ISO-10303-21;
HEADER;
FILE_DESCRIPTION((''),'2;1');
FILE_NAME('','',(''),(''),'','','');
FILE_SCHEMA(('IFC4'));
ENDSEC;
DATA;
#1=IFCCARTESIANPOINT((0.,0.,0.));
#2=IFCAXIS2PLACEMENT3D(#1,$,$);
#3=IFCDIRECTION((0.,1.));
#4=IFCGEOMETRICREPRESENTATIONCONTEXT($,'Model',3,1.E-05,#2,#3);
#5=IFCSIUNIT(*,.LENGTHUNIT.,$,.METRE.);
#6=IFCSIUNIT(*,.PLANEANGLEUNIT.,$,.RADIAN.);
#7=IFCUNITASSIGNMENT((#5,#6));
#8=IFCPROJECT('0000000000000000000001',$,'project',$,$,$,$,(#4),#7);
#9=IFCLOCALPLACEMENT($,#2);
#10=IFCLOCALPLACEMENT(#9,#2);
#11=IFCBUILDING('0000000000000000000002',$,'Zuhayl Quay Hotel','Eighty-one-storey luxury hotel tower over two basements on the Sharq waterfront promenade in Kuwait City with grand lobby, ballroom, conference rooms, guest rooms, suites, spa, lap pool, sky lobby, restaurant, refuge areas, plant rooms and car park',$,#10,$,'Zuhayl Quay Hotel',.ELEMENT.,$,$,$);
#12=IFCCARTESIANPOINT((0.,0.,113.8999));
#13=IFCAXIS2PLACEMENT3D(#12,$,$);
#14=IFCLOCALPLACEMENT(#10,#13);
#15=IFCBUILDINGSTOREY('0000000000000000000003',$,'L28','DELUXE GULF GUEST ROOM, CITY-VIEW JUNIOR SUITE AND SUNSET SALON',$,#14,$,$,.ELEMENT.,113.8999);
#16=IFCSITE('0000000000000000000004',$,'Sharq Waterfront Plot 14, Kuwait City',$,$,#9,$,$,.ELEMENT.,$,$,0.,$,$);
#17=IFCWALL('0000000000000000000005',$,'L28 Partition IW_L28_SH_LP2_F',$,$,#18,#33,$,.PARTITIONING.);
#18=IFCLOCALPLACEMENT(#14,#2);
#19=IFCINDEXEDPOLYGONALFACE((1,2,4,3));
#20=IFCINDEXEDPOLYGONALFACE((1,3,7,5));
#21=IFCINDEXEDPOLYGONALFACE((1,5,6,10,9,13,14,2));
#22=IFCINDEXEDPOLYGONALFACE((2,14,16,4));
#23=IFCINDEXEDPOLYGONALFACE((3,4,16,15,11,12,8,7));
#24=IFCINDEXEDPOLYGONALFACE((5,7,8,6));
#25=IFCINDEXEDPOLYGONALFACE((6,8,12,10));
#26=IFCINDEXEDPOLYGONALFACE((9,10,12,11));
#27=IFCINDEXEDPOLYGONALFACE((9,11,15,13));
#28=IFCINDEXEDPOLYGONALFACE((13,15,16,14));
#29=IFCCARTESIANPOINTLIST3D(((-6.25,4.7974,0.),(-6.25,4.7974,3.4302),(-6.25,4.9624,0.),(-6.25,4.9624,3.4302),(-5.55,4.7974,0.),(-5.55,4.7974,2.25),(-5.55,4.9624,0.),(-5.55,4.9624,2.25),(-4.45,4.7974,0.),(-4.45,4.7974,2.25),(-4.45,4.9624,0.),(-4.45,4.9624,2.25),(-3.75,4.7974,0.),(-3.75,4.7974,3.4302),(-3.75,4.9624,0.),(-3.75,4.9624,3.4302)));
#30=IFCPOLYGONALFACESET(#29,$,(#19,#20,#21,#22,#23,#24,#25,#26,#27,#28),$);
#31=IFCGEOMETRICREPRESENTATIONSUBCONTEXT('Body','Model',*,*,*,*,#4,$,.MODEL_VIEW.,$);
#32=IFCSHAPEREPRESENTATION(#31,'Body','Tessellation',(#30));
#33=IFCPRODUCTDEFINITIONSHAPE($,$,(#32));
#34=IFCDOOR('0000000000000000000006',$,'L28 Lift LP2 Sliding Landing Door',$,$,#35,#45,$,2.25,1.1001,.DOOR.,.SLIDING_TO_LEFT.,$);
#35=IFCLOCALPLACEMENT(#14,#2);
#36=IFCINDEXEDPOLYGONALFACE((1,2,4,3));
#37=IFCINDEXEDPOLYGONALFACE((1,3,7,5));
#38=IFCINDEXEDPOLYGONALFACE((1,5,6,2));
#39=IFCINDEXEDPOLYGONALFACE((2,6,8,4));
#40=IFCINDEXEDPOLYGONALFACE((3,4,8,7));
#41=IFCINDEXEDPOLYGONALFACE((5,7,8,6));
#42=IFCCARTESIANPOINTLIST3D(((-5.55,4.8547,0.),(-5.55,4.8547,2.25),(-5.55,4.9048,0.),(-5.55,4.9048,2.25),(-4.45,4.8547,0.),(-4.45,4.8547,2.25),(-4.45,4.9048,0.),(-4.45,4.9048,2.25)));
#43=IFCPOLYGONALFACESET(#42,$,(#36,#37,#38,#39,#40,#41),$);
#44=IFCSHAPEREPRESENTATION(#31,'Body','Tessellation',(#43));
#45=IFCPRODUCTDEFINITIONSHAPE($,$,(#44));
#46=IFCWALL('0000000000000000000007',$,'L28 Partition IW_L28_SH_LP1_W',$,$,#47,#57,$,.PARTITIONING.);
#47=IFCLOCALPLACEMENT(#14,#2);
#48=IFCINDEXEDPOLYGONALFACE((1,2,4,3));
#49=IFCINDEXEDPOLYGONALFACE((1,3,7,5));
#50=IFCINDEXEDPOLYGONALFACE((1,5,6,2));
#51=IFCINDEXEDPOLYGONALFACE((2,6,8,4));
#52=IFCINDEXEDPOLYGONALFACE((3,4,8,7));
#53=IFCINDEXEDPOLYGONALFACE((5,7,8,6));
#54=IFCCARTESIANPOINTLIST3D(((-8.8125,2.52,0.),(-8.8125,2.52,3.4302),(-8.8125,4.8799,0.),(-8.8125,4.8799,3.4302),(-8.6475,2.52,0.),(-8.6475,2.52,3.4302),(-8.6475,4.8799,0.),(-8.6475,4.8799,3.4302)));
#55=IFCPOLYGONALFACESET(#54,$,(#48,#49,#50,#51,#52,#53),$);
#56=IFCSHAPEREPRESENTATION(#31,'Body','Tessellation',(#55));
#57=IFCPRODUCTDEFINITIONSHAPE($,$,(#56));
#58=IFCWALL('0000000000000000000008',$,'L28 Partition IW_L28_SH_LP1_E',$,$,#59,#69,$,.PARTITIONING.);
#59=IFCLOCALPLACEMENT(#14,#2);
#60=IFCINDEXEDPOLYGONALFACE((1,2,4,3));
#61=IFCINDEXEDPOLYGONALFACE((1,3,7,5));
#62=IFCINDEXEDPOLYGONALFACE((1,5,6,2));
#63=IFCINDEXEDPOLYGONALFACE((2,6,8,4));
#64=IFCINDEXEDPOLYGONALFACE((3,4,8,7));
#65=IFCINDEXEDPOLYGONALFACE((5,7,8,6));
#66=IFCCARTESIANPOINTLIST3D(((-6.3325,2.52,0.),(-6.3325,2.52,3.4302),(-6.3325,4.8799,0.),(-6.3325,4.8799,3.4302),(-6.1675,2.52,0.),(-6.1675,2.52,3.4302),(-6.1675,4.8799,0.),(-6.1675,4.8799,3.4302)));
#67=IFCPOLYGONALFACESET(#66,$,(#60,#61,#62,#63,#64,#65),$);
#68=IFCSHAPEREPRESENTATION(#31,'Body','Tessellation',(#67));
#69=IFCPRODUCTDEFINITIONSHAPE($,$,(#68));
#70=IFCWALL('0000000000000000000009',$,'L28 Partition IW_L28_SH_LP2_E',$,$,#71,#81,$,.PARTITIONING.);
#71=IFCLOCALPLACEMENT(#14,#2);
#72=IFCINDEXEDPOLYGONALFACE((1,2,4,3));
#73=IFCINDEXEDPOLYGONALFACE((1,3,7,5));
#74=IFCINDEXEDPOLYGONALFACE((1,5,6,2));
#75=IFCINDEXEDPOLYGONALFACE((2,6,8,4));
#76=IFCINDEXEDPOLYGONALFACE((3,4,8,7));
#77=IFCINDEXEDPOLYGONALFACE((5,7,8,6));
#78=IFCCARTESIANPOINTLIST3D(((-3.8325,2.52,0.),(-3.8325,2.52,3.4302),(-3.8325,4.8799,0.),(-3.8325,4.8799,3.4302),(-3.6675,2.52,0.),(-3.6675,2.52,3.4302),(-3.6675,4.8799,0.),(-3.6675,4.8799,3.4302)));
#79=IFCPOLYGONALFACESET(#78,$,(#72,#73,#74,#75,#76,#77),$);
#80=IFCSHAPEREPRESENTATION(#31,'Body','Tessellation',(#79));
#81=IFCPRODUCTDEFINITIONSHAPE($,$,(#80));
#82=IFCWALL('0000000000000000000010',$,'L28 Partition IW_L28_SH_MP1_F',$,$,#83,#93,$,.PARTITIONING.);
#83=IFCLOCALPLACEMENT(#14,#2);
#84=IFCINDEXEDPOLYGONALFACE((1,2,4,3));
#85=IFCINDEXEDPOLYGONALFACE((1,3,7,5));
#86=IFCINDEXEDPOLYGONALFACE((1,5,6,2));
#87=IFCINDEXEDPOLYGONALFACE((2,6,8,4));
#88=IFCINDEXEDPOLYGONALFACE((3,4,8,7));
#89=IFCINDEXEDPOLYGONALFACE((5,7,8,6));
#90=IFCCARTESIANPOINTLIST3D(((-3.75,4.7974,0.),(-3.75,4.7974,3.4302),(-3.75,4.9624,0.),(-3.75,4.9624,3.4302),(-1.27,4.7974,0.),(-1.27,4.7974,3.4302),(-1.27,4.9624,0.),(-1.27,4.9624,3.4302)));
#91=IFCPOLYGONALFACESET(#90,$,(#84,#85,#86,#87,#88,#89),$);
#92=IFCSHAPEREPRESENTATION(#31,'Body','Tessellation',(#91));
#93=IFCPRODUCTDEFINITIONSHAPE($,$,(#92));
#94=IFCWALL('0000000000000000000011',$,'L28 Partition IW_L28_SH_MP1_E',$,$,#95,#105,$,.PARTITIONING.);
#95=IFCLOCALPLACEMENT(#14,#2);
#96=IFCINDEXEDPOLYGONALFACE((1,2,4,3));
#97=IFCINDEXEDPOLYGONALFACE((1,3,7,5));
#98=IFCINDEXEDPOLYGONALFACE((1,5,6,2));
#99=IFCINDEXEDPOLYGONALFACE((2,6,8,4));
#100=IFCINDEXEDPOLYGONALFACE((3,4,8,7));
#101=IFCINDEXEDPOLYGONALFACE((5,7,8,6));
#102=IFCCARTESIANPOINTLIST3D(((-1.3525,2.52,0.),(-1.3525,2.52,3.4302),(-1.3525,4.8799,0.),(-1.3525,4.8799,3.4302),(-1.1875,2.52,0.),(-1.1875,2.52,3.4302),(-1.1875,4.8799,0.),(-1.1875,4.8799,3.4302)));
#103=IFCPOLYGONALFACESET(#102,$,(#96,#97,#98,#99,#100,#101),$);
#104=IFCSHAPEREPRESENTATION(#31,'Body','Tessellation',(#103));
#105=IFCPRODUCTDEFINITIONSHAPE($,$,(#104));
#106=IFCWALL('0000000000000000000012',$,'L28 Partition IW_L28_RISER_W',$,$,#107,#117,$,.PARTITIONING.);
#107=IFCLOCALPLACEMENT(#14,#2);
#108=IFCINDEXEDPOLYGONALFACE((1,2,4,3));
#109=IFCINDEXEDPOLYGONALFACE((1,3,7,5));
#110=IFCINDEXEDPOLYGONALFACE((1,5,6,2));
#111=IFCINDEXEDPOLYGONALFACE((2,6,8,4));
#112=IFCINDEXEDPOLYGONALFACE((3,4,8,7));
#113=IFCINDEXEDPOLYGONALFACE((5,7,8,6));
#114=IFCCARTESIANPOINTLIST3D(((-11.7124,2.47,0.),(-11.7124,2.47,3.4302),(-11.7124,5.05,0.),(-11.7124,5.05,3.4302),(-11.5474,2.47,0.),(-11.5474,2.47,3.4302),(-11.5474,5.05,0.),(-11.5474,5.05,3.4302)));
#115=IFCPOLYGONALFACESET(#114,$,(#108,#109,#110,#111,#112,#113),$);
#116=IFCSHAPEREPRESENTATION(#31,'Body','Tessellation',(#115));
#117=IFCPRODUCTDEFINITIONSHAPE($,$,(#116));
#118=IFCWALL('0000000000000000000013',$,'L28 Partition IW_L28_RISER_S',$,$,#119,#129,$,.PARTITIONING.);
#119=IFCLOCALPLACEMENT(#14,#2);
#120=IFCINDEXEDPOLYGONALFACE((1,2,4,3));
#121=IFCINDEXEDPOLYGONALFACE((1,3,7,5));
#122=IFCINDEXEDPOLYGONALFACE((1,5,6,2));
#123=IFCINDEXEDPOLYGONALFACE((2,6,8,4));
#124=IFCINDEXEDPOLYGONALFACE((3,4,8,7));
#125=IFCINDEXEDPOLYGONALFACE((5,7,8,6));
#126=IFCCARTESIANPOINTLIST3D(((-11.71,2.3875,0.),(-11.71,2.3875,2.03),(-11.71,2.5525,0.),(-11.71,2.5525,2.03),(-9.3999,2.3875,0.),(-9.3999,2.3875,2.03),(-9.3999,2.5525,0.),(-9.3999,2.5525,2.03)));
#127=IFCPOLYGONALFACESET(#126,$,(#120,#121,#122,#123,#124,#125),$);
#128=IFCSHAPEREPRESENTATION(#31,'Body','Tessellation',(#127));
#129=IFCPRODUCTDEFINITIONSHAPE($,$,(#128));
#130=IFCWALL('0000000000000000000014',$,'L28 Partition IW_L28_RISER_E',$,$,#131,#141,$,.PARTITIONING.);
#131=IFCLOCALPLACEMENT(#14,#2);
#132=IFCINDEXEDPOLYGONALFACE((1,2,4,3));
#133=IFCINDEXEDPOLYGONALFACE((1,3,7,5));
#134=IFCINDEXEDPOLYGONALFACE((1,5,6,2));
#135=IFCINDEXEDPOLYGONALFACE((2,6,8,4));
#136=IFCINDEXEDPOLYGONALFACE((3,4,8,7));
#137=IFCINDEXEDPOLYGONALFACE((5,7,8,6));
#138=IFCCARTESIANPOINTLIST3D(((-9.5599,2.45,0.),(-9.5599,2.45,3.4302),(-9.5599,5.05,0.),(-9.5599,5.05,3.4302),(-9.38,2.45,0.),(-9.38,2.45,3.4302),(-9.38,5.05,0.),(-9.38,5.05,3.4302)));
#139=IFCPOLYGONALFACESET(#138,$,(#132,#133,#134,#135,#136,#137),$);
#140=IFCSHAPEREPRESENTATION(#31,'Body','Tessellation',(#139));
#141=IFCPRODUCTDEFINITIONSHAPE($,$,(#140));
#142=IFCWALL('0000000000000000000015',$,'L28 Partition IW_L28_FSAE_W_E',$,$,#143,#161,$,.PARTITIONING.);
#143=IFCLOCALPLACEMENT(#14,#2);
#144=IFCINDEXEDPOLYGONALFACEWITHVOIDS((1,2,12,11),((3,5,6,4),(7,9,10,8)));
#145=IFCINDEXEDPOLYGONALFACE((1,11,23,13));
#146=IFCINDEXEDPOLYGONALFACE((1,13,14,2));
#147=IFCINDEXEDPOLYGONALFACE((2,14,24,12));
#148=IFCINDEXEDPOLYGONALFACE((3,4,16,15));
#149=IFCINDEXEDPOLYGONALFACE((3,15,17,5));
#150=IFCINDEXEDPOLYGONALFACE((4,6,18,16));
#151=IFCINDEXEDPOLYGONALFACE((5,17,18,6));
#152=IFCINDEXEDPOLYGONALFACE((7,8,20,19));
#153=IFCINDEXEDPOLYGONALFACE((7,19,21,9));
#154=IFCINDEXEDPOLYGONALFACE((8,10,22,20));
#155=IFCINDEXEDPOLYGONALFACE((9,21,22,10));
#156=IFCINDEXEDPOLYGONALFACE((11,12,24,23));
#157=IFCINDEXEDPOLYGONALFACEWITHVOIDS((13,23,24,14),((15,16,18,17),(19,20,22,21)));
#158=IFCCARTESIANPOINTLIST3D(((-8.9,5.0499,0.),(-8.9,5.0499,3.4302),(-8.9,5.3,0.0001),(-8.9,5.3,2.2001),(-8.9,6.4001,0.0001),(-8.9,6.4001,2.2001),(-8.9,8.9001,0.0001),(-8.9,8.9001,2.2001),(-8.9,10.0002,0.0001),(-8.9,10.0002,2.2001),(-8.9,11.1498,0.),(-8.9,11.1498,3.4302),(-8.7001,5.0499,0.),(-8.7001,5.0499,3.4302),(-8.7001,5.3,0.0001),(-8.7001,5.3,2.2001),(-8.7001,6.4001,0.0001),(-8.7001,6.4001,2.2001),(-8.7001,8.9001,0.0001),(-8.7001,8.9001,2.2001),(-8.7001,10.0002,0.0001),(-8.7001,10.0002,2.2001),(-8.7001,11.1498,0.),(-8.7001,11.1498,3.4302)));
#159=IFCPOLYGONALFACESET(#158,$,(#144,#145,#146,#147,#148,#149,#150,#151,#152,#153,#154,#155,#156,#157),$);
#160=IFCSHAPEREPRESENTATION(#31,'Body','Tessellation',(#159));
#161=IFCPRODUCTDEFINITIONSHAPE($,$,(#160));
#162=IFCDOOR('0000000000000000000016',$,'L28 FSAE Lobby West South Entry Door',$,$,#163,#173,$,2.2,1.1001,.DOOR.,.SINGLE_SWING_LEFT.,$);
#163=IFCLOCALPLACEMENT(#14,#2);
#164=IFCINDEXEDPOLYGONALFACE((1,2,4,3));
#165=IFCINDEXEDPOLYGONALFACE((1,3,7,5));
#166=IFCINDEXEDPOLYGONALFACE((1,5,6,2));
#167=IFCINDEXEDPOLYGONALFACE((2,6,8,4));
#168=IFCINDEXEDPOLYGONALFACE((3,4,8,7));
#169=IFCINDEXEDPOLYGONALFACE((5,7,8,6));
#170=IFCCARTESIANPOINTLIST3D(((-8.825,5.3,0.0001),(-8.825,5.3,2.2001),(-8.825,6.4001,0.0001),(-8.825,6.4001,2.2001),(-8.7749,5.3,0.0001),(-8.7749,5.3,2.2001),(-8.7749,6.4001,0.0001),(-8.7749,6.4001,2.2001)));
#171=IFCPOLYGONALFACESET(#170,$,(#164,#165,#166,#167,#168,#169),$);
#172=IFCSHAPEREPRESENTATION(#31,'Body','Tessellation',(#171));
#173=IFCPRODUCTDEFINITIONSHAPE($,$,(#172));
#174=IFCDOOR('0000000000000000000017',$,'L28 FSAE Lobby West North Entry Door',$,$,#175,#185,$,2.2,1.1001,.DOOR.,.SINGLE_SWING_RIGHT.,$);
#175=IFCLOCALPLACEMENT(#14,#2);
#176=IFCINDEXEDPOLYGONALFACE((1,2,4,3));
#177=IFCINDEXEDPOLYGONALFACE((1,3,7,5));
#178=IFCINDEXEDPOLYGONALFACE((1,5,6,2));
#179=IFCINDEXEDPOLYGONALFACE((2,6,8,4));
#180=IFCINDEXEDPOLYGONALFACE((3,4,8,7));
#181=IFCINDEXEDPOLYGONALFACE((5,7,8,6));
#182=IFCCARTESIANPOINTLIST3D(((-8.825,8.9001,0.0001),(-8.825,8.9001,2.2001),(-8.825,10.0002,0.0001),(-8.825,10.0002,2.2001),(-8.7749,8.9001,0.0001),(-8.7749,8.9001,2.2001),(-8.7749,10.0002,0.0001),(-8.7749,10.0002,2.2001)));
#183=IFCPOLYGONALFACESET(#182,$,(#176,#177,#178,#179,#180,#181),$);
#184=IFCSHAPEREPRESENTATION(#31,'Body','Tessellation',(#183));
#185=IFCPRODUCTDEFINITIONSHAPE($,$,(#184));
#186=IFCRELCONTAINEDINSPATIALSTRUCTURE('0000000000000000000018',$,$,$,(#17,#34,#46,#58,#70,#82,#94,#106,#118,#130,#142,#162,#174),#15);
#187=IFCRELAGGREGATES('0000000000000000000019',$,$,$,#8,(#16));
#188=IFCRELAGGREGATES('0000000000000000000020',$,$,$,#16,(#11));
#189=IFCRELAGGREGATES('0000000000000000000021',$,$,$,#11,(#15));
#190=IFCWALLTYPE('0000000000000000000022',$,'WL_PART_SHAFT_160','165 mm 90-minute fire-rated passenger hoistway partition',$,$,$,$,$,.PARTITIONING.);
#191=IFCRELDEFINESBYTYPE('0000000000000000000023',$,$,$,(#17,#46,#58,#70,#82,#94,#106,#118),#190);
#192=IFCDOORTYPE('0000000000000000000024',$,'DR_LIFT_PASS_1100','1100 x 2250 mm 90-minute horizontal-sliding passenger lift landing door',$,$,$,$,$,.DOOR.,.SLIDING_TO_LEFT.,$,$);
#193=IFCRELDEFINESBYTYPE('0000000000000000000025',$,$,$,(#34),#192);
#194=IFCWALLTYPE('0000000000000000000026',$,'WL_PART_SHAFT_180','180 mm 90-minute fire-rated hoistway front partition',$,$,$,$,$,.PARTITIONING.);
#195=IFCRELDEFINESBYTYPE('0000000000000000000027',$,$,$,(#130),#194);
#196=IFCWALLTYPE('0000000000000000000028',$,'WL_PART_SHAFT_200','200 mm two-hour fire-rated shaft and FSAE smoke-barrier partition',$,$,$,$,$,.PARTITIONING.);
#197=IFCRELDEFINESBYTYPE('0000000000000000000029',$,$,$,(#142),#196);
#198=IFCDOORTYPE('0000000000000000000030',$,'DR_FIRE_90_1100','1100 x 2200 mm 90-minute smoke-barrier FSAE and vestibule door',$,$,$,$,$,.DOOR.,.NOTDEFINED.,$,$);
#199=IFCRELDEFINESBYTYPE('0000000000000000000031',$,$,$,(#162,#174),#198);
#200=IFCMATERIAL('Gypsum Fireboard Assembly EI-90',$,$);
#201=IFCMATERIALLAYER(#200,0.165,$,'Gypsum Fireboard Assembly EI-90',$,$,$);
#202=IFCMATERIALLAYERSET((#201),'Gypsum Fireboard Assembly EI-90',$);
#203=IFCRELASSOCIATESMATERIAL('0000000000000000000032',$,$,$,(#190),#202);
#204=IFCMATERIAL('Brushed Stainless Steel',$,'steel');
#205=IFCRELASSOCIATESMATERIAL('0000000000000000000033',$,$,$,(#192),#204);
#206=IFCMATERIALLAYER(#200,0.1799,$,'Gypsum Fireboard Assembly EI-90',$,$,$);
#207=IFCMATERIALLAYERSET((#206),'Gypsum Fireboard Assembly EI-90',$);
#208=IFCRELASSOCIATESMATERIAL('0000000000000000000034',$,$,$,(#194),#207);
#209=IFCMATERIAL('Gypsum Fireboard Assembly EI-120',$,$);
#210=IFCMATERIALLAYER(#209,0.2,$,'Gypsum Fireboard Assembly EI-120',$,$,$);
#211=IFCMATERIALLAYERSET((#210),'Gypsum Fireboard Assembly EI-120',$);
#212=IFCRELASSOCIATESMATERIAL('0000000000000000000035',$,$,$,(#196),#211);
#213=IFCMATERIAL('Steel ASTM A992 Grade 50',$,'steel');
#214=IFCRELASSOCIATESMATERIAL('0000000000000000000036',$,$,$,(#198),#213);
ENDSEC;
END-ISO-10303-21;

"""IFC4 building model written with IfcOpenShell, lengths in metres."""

from ifc_helpers import new_model, si_unit, direction, frame, frame_2d, origin, place, context, subcontext, project, spatial, rectangle, extrude, material, layer, layer_set, type_object, element, fill, save


model = new_model("IFC4")

# Units and contexts
model_context = context("Model", 3, precision=1e-05, world=origin(), true_north=direction((0.0, 1.0)))
body_context = subcontext(model_context, "Body", "Model", "MODEL_VIEW")
ifc_project = project(units=[si_unit("LENGTHUNIT", "METRE"), si_unit("PLANEANGLEUNIT", "RADIAN")], contexts=[model_context])

# Site, building, storey
site_placement = place(None, origin())
site = spatial("IfcSite", under=ifc_project, at=site_placement, Name="Sharq Waterfront Plot 14, Kuwait City", CompositionType="ELEMENT", RefElevation=0.0)
building_placement = place(site_placement, origin())
building = spatial("IfcBuilding", under=site, at=building_placement, Name="Zuhayl Quay Hotel", Description="Eighty-one-storey luxury hotel tower over two basements on the Sharq waterfront promenade in Kuwait City with grand lobby, ballroom, conference rooms, guest rooms, suites, spa, lap pool, sky lobby, restaurant, refuge areas, plant rooms and car park", LongName="Zuhayl Quay Hotel", CompositionType="ELEMENT")
storey_placement = place(building_placement, frame((0.0, 0.0, 113.8999)))
storey = spatial("IfcBuildingStorey", under=building, at=storey_placement, Name="L28", Description="DELUXE GULF GUEST ROOM, CITY-VIEW JUNIOR SUITE AND SUNSET SALON", CompositionType="ELEMENT", Elevation=113.8999)

# Shared definitions
ifc_material_1 = material(Name="Steel ASTM A992 Grade 50", Category="steel")

# Wall, opening, door
ifc_material_2 = material(Name="Gypsum Fireboard Assembly EI-90")
ifc_layer_1 = layer(ifc_material_2, 0.165, Name="Gypsum Fireboard Assembly EI-90")
ifc_layer_set_1 = layer_set([ifc_layer_1], Name="Gypsum Fireboard Assembly EI-90")
wall_type_1 = type_object("IfcWallType", Name="WL_PART_SHAFT_160", Description="165 mm 90-minute fire-rated passenger hoistway partition", PredefinedType="PARTITIONING", material=ifc_layer_set_1)
ifc_material_3 = material(Name="Brushed Stainless Steel", Category="steel")
door_type_1 = type_object("IfcDoorType", Name="DR_LIFT_PASS_1100", Description="1100 x 2250 mm 90-minute horizontal-sliding passenger lift landing door", OperationType="SLIDING_TO_LEFT", PredefinedType="DOOR", material=ifc_material_3)
wall_1_placement = place(storey_placement, frame((-6.25, 4.8799, 0.0), z_axis=(0.0, 0.0, 1.0), x_axis=(1.0, 0.0, 0.0)))
wall_1 = element("IfcWall", 1, at=wall_1_placement, inside=storey, type_object=wall_type_1, Name="L28 Partition IW_L28_SH_LP2_F", PredefinedType="PARTITIONING", context=body_context, shape_type="SweptSolid", body=[
    extrude(rectangle(XDim=2.5, YDim=0.165, at=frame_2d((1.25, 0.0))), origin(), (0.0, 0.0, 1.0), 3.4302),
])
opening_1_placement = place(wall_1_placement, frame((0.7, 0.0, 0.0)))
opening_1 = element("IfcOpeningElement", 2, at=opening_1_placement, cuts=wall_1, PredefinedType="OPENING", context=body_context, shape_type="SweptSolid", body=[
    extrude(rectangle(XDim=1.1001, YDim=2.25, at=frame_2d((0.55, 1.125))), frame((0.0, 0.0925, 0.0), z_axis=(0.0, -1.0, 0.0), x_axis=(1.0, 0.0, 0.0)), (0.0, 0.0, 1.0), 0.1851),
])
door_1_placement = place(opening_1_placement, origin())
door_1 = element("IfcDoor", 3, at=door_1_placement, inside=storey, type_object=door_type_1, Name="L28 Lift LP2 Sliding Landing Door", OperationType="SLIDING_TO_LEFT", OverallHeight=2.25, OverallWidth=1.1001, PredefinedType="DOOR", context=body_context, shape_type="SweptSolid", body=[
    extrude(rectangle(XDim=1.1001, YDim=2.25, at=frame_2d((0.55, 1.125))), frame((0.0, 0.0249, 0.0), z_axis=(0.0, -1.0, 0.0), x_axis=(1.0, 0.0, 0.0)), (0.0, 0.0, 1.0), 0.05),
])
fill(opening_1, door_1)

# Walls
for number, where, z_axis, x_axis, name in (
    (4, (-8.73, 2.52, 0.0), (0.0, 0.0, 1.0), (0.0, 1.0, 0.0), "L28 Partition IW_L28_SH_LP1_W"),
    (5, (-6.25, 2.52, 0.0), (0.0, 0.0, 1.0), (0.0, 1.0, 0.0), "L28 Partition IW_L28_SH_LP1_E"),
    (6, (-3.75, 2.52, 0.0), (0.0, 0.0, 1.0), (0.0, 1.0, 0.0), "L28 Partition IW_L28_SH_LP2_E"),
):
    element("IfcWall", number, at=place(storey_placement, frame(where, z_axis=z_axis, x_axis=x_axis)), inside=storey, type_object=wall_type_1, Name=name, PredefinedType="PARTITIONING", context=body_context, shape_type="SweptSolid", body=[
        extrude(rectangle(XDim=2.3599, YDim=0.165, at=frame_2d((1.1799, 0.0))), origin(), (0.0, 0.0, 1.0), 3.4302),
    ])
wall_2_placement = place(storey_placement, frame((-3.75, 4.8799, 0.0), z_axis=(0.0, 0.0, 1.0), x_axis=(1.0, 0.0, 0.0)))
element("IfcWall", 7, at=wall_2_placement, inside=storey, type_object=wall_type_1, Name="L28 Partition IW_L28_SH_MP1_F", PredefinedType="PARTITIONING", context=body_context, shape_type="SweptSolid", body=[
    extrude(rectangle(XDim=2.48, YDim=0.165, at=frame_2d((1.24, 0.0))), origin(), (0.0, 0.0, 1.0), 3.4302),
])
wall_3_placement = place(storey_placement, frame((-1.27, 2.52, 0.0), z_axis=(0.0, 0.0, 1.0), x_axis=(0.0, 1.0, 0.0)))
element("IfcWall", 8, at=wall_3_placement, inside=storey, type_object=wall_type_1, Name="L28 Partition IW_L28_SH_MP1_E", PredefinedType="PARTITIONING", context=body_context, shape_type="SweptSolid", body=[
    extrude(rectangle(XDim=2.3599, YDim=0.165, at=frame_2d((1.1799, 0.0))), origin(), (0.0, 0.0, 1.0), 3.4302),
])
wall_4_placement = place(storey_placement, frame((-11.6299, 2.47, 0.0), z_axis=(0.0, 0.0, 1.0), x_axis=(0.0, 1.0, 0.0)))
element("IfcWall", 9, at=wall_4_placement, inside=storey, type_object=wall_type_1, Name="L28 Partition IW_L28_RISER_W", PredefinedType="PARTITIONING", context=body_context, shape_type="SweptSolid", body=[
    extrude(rectangle(XDim=2.5801, YDim=0.165, at=frame_2d((1.29, 0.0))), origin(), (0.0, 0.0, 1.0), 3.4302),
])
wall_5_placement = place(storey_placement, frame((-11.71, 2.47, 0.0), z_axis=(0.0, 0.0, 1.0), x_axis=(1.0, 0.0, 0.0)))
element("IfcWall", 10, at=wall_5_placement, inside=storey, type_object=wall_type_1, Name="L28 Partition IW_L28_RISER_S", PredefinedType="PARTITIONING", context=body_context, shape_type="SweptSolid", body=[
    extrude(rectangle(XDim=2.3101, YDim=0.165, at=frame_2d((1.155, 0.0))), origin(), (0.0, 0.0, 1.0), 2.03),
])
ifc_layer_2 = layer(ifc_material_2, 0.1799, Name="Gypsum Fireboard Assembly EI-90")
ifc_layer_set_2 = layer_set([ifc_layer_2], Name="Gypsum Fireboard Assembly EI-90")
wall_type_2 = type_object("IfcWallType", Name="WL_PART_SHAFT_180", Description="180 mm 90-minute fire-rated hoistway front partition", PredefinedType="PARTITIONING", material=ifc_layer_set_2)
wall_6_placement = place(storey_placement, frame((-9.47, 2.45, 0.0), z_axis=(0.0, 0.0, 1.0), x_axis=(0.0, 1.0, 0.0)))
element("IfcWall", 11, at=wall_6_placement, inside=storey, type_object=wall_type_2, Name="L28 Partition IW_L28_RISER_E", PredefinedType="PARTITIONING", context=body_context, shape_type="SweptSolid", body=[
    extrude(rectangle(XDim=2.6001, YDim=0.1799, at=frame_2d((1.3, 0.0))), origin(), (0.0, 0.0, 1.0), 3.4302),
])

# Wall, openings, doors
ifc_material_4 = material(Name="Gypsum Fireboard Assembly EI-120")
ifc_layer_3 = layer(ifc_material_4, 0.2, Name="Gypsum Fireboard Assembly EI-120")
ifc_layer_set_3 = layer_set([ifc_layer_3], Name="Gypsum Fireboard Assembly EI-120")
wall_type_3 = type_object("IfcWallType", Name="WL_PART_SHAFT_200", Description="200 mm two-hour fire-rated shaft and FSAE smoke-barrier partition", PredefinedType="PARTITIONING", material=ifc_layer_set_3)
wall_7_placement = place(storey_placement, frame((-8.8, 5.05, 0.0), z_axis=(0.0, 0.0, 1.0), x_axis=(0.0, 1.0, 0.0)))
wall_7 = element("IfcWall", 12, at=wall_7_placement, inside=storey, type_object=wall_type_3, Name="L28 Partition IW_L28_FSAE_W_E", PredefinedType="PARTITIONING", context=body_context, shape_type="SweptSolid", body=[
    extrude(rectangle(XDim=6.0999, YDim=0.2, at=frame_2d((3.0498, 0.0))), origin(), (0.0, 0.0, 1.0), 3.4302),
])
opening_2_placement = place(wall_7_placement, frame((0.25, 0.0, 0.0)))
opening_2 = element("IfcOpeningElement", 13, at=opening_2_placement, cuts=wall_7, PredefinedType="OPENING", context=body_context, shape_type="SweptSolid", body=[
    extrude(rectangle(XDim=1.1001, YDim=2.2, at=frame_2d((0.55, 1.1001))), frame((0.0, 0.1099, 0.0), z_axis=(0.0, -1.0, 0.0), x_axis=(1.0, 0.0, 0.0)), (0.0, 0.0, 1.0), 0.22),
])
opening_3_placement = place(wall_7_placement, frame((3.8501, 0.0, 0.0)))
opening_3 = element("IfcOpeningElement", 14, at=opening_3_placement, cuts=wall_7, PredefinedType="OPENING", context=body_context, shape_type="SweptSolid", body=[
    extrude(rectangle(XDim=1.1001, YDim=2.2, at=frame_2d((0.55, 1.1001))), frame((0.0, 0.1099, 0.0), z_axis=(0.0, -1.0, 0.0), x_axis=(1.0, 0.0, 0.0)), (0.0, 0.0, 1.0), 0.22),
])
door_type_2 = type_object("IfcDoorType", Name="DR_FIRE_90_1100", Description="1100 x 2200 mm 90-minute smoke-barrier FSAE and vestibule door", OperationType="NOTDEFINED", PredefinedType="DOOR", material=ifc_material_1)
door_2_placement = place(opening_2_placement, origin())
door_2 = element("IfcDoor", 15, at=door_2_placement, inside=storey, type_object=door_type_2, Name="L28 FSAE Lobby West South Entry Door", OperationType="SINGLE_SWING_LEFT", OverallHeight=2.2, OverallWidth=1.1001, PredefinedType="DOOR", context=body_context, shape_type="SweptSolid", body=[
    extrude(rectangle(XDim=1.1001, YDim=2.2, at=frame_2d((0.55, 1.1001))), frame((0.0, 0.0249, 0.0), z_axis=(0.0, -1.0, 0.0), x_axis=(1.0, 0.0, 0.0)), (0.0, 0.0, 1.0), 0.05),
])
fill(opening_2, door_2)
door_3_placement = place(opening_3_placement, origin())
door_3 = element("IfcDoor", 16, at=door_3_placement, inside=storey, type_object=door_type_2, Name="L28 FSAE Lobby West North Entry Door", OperationType="SINGLE_SWING_RIGHT", OverallHeight=2.2, OverallWidth=1.1001, PredefinedType="DOOR", context=body_context, shape_type="SweptSolid", body=[
    extrude(rectangle(XDim=1.1001, YDim=2.2, at=frame_2d((0.55, 1.1001))), frame((0.0, 0.0249, 0.0), z_axis=(0.0, -1.0, 0.0), x_axis=(1.0, 0.0, 0.0)), (0.0, 0.0, 1.0), 0.05),
])
fill(opening_3, door_3)

save(model, "model.ifc")
